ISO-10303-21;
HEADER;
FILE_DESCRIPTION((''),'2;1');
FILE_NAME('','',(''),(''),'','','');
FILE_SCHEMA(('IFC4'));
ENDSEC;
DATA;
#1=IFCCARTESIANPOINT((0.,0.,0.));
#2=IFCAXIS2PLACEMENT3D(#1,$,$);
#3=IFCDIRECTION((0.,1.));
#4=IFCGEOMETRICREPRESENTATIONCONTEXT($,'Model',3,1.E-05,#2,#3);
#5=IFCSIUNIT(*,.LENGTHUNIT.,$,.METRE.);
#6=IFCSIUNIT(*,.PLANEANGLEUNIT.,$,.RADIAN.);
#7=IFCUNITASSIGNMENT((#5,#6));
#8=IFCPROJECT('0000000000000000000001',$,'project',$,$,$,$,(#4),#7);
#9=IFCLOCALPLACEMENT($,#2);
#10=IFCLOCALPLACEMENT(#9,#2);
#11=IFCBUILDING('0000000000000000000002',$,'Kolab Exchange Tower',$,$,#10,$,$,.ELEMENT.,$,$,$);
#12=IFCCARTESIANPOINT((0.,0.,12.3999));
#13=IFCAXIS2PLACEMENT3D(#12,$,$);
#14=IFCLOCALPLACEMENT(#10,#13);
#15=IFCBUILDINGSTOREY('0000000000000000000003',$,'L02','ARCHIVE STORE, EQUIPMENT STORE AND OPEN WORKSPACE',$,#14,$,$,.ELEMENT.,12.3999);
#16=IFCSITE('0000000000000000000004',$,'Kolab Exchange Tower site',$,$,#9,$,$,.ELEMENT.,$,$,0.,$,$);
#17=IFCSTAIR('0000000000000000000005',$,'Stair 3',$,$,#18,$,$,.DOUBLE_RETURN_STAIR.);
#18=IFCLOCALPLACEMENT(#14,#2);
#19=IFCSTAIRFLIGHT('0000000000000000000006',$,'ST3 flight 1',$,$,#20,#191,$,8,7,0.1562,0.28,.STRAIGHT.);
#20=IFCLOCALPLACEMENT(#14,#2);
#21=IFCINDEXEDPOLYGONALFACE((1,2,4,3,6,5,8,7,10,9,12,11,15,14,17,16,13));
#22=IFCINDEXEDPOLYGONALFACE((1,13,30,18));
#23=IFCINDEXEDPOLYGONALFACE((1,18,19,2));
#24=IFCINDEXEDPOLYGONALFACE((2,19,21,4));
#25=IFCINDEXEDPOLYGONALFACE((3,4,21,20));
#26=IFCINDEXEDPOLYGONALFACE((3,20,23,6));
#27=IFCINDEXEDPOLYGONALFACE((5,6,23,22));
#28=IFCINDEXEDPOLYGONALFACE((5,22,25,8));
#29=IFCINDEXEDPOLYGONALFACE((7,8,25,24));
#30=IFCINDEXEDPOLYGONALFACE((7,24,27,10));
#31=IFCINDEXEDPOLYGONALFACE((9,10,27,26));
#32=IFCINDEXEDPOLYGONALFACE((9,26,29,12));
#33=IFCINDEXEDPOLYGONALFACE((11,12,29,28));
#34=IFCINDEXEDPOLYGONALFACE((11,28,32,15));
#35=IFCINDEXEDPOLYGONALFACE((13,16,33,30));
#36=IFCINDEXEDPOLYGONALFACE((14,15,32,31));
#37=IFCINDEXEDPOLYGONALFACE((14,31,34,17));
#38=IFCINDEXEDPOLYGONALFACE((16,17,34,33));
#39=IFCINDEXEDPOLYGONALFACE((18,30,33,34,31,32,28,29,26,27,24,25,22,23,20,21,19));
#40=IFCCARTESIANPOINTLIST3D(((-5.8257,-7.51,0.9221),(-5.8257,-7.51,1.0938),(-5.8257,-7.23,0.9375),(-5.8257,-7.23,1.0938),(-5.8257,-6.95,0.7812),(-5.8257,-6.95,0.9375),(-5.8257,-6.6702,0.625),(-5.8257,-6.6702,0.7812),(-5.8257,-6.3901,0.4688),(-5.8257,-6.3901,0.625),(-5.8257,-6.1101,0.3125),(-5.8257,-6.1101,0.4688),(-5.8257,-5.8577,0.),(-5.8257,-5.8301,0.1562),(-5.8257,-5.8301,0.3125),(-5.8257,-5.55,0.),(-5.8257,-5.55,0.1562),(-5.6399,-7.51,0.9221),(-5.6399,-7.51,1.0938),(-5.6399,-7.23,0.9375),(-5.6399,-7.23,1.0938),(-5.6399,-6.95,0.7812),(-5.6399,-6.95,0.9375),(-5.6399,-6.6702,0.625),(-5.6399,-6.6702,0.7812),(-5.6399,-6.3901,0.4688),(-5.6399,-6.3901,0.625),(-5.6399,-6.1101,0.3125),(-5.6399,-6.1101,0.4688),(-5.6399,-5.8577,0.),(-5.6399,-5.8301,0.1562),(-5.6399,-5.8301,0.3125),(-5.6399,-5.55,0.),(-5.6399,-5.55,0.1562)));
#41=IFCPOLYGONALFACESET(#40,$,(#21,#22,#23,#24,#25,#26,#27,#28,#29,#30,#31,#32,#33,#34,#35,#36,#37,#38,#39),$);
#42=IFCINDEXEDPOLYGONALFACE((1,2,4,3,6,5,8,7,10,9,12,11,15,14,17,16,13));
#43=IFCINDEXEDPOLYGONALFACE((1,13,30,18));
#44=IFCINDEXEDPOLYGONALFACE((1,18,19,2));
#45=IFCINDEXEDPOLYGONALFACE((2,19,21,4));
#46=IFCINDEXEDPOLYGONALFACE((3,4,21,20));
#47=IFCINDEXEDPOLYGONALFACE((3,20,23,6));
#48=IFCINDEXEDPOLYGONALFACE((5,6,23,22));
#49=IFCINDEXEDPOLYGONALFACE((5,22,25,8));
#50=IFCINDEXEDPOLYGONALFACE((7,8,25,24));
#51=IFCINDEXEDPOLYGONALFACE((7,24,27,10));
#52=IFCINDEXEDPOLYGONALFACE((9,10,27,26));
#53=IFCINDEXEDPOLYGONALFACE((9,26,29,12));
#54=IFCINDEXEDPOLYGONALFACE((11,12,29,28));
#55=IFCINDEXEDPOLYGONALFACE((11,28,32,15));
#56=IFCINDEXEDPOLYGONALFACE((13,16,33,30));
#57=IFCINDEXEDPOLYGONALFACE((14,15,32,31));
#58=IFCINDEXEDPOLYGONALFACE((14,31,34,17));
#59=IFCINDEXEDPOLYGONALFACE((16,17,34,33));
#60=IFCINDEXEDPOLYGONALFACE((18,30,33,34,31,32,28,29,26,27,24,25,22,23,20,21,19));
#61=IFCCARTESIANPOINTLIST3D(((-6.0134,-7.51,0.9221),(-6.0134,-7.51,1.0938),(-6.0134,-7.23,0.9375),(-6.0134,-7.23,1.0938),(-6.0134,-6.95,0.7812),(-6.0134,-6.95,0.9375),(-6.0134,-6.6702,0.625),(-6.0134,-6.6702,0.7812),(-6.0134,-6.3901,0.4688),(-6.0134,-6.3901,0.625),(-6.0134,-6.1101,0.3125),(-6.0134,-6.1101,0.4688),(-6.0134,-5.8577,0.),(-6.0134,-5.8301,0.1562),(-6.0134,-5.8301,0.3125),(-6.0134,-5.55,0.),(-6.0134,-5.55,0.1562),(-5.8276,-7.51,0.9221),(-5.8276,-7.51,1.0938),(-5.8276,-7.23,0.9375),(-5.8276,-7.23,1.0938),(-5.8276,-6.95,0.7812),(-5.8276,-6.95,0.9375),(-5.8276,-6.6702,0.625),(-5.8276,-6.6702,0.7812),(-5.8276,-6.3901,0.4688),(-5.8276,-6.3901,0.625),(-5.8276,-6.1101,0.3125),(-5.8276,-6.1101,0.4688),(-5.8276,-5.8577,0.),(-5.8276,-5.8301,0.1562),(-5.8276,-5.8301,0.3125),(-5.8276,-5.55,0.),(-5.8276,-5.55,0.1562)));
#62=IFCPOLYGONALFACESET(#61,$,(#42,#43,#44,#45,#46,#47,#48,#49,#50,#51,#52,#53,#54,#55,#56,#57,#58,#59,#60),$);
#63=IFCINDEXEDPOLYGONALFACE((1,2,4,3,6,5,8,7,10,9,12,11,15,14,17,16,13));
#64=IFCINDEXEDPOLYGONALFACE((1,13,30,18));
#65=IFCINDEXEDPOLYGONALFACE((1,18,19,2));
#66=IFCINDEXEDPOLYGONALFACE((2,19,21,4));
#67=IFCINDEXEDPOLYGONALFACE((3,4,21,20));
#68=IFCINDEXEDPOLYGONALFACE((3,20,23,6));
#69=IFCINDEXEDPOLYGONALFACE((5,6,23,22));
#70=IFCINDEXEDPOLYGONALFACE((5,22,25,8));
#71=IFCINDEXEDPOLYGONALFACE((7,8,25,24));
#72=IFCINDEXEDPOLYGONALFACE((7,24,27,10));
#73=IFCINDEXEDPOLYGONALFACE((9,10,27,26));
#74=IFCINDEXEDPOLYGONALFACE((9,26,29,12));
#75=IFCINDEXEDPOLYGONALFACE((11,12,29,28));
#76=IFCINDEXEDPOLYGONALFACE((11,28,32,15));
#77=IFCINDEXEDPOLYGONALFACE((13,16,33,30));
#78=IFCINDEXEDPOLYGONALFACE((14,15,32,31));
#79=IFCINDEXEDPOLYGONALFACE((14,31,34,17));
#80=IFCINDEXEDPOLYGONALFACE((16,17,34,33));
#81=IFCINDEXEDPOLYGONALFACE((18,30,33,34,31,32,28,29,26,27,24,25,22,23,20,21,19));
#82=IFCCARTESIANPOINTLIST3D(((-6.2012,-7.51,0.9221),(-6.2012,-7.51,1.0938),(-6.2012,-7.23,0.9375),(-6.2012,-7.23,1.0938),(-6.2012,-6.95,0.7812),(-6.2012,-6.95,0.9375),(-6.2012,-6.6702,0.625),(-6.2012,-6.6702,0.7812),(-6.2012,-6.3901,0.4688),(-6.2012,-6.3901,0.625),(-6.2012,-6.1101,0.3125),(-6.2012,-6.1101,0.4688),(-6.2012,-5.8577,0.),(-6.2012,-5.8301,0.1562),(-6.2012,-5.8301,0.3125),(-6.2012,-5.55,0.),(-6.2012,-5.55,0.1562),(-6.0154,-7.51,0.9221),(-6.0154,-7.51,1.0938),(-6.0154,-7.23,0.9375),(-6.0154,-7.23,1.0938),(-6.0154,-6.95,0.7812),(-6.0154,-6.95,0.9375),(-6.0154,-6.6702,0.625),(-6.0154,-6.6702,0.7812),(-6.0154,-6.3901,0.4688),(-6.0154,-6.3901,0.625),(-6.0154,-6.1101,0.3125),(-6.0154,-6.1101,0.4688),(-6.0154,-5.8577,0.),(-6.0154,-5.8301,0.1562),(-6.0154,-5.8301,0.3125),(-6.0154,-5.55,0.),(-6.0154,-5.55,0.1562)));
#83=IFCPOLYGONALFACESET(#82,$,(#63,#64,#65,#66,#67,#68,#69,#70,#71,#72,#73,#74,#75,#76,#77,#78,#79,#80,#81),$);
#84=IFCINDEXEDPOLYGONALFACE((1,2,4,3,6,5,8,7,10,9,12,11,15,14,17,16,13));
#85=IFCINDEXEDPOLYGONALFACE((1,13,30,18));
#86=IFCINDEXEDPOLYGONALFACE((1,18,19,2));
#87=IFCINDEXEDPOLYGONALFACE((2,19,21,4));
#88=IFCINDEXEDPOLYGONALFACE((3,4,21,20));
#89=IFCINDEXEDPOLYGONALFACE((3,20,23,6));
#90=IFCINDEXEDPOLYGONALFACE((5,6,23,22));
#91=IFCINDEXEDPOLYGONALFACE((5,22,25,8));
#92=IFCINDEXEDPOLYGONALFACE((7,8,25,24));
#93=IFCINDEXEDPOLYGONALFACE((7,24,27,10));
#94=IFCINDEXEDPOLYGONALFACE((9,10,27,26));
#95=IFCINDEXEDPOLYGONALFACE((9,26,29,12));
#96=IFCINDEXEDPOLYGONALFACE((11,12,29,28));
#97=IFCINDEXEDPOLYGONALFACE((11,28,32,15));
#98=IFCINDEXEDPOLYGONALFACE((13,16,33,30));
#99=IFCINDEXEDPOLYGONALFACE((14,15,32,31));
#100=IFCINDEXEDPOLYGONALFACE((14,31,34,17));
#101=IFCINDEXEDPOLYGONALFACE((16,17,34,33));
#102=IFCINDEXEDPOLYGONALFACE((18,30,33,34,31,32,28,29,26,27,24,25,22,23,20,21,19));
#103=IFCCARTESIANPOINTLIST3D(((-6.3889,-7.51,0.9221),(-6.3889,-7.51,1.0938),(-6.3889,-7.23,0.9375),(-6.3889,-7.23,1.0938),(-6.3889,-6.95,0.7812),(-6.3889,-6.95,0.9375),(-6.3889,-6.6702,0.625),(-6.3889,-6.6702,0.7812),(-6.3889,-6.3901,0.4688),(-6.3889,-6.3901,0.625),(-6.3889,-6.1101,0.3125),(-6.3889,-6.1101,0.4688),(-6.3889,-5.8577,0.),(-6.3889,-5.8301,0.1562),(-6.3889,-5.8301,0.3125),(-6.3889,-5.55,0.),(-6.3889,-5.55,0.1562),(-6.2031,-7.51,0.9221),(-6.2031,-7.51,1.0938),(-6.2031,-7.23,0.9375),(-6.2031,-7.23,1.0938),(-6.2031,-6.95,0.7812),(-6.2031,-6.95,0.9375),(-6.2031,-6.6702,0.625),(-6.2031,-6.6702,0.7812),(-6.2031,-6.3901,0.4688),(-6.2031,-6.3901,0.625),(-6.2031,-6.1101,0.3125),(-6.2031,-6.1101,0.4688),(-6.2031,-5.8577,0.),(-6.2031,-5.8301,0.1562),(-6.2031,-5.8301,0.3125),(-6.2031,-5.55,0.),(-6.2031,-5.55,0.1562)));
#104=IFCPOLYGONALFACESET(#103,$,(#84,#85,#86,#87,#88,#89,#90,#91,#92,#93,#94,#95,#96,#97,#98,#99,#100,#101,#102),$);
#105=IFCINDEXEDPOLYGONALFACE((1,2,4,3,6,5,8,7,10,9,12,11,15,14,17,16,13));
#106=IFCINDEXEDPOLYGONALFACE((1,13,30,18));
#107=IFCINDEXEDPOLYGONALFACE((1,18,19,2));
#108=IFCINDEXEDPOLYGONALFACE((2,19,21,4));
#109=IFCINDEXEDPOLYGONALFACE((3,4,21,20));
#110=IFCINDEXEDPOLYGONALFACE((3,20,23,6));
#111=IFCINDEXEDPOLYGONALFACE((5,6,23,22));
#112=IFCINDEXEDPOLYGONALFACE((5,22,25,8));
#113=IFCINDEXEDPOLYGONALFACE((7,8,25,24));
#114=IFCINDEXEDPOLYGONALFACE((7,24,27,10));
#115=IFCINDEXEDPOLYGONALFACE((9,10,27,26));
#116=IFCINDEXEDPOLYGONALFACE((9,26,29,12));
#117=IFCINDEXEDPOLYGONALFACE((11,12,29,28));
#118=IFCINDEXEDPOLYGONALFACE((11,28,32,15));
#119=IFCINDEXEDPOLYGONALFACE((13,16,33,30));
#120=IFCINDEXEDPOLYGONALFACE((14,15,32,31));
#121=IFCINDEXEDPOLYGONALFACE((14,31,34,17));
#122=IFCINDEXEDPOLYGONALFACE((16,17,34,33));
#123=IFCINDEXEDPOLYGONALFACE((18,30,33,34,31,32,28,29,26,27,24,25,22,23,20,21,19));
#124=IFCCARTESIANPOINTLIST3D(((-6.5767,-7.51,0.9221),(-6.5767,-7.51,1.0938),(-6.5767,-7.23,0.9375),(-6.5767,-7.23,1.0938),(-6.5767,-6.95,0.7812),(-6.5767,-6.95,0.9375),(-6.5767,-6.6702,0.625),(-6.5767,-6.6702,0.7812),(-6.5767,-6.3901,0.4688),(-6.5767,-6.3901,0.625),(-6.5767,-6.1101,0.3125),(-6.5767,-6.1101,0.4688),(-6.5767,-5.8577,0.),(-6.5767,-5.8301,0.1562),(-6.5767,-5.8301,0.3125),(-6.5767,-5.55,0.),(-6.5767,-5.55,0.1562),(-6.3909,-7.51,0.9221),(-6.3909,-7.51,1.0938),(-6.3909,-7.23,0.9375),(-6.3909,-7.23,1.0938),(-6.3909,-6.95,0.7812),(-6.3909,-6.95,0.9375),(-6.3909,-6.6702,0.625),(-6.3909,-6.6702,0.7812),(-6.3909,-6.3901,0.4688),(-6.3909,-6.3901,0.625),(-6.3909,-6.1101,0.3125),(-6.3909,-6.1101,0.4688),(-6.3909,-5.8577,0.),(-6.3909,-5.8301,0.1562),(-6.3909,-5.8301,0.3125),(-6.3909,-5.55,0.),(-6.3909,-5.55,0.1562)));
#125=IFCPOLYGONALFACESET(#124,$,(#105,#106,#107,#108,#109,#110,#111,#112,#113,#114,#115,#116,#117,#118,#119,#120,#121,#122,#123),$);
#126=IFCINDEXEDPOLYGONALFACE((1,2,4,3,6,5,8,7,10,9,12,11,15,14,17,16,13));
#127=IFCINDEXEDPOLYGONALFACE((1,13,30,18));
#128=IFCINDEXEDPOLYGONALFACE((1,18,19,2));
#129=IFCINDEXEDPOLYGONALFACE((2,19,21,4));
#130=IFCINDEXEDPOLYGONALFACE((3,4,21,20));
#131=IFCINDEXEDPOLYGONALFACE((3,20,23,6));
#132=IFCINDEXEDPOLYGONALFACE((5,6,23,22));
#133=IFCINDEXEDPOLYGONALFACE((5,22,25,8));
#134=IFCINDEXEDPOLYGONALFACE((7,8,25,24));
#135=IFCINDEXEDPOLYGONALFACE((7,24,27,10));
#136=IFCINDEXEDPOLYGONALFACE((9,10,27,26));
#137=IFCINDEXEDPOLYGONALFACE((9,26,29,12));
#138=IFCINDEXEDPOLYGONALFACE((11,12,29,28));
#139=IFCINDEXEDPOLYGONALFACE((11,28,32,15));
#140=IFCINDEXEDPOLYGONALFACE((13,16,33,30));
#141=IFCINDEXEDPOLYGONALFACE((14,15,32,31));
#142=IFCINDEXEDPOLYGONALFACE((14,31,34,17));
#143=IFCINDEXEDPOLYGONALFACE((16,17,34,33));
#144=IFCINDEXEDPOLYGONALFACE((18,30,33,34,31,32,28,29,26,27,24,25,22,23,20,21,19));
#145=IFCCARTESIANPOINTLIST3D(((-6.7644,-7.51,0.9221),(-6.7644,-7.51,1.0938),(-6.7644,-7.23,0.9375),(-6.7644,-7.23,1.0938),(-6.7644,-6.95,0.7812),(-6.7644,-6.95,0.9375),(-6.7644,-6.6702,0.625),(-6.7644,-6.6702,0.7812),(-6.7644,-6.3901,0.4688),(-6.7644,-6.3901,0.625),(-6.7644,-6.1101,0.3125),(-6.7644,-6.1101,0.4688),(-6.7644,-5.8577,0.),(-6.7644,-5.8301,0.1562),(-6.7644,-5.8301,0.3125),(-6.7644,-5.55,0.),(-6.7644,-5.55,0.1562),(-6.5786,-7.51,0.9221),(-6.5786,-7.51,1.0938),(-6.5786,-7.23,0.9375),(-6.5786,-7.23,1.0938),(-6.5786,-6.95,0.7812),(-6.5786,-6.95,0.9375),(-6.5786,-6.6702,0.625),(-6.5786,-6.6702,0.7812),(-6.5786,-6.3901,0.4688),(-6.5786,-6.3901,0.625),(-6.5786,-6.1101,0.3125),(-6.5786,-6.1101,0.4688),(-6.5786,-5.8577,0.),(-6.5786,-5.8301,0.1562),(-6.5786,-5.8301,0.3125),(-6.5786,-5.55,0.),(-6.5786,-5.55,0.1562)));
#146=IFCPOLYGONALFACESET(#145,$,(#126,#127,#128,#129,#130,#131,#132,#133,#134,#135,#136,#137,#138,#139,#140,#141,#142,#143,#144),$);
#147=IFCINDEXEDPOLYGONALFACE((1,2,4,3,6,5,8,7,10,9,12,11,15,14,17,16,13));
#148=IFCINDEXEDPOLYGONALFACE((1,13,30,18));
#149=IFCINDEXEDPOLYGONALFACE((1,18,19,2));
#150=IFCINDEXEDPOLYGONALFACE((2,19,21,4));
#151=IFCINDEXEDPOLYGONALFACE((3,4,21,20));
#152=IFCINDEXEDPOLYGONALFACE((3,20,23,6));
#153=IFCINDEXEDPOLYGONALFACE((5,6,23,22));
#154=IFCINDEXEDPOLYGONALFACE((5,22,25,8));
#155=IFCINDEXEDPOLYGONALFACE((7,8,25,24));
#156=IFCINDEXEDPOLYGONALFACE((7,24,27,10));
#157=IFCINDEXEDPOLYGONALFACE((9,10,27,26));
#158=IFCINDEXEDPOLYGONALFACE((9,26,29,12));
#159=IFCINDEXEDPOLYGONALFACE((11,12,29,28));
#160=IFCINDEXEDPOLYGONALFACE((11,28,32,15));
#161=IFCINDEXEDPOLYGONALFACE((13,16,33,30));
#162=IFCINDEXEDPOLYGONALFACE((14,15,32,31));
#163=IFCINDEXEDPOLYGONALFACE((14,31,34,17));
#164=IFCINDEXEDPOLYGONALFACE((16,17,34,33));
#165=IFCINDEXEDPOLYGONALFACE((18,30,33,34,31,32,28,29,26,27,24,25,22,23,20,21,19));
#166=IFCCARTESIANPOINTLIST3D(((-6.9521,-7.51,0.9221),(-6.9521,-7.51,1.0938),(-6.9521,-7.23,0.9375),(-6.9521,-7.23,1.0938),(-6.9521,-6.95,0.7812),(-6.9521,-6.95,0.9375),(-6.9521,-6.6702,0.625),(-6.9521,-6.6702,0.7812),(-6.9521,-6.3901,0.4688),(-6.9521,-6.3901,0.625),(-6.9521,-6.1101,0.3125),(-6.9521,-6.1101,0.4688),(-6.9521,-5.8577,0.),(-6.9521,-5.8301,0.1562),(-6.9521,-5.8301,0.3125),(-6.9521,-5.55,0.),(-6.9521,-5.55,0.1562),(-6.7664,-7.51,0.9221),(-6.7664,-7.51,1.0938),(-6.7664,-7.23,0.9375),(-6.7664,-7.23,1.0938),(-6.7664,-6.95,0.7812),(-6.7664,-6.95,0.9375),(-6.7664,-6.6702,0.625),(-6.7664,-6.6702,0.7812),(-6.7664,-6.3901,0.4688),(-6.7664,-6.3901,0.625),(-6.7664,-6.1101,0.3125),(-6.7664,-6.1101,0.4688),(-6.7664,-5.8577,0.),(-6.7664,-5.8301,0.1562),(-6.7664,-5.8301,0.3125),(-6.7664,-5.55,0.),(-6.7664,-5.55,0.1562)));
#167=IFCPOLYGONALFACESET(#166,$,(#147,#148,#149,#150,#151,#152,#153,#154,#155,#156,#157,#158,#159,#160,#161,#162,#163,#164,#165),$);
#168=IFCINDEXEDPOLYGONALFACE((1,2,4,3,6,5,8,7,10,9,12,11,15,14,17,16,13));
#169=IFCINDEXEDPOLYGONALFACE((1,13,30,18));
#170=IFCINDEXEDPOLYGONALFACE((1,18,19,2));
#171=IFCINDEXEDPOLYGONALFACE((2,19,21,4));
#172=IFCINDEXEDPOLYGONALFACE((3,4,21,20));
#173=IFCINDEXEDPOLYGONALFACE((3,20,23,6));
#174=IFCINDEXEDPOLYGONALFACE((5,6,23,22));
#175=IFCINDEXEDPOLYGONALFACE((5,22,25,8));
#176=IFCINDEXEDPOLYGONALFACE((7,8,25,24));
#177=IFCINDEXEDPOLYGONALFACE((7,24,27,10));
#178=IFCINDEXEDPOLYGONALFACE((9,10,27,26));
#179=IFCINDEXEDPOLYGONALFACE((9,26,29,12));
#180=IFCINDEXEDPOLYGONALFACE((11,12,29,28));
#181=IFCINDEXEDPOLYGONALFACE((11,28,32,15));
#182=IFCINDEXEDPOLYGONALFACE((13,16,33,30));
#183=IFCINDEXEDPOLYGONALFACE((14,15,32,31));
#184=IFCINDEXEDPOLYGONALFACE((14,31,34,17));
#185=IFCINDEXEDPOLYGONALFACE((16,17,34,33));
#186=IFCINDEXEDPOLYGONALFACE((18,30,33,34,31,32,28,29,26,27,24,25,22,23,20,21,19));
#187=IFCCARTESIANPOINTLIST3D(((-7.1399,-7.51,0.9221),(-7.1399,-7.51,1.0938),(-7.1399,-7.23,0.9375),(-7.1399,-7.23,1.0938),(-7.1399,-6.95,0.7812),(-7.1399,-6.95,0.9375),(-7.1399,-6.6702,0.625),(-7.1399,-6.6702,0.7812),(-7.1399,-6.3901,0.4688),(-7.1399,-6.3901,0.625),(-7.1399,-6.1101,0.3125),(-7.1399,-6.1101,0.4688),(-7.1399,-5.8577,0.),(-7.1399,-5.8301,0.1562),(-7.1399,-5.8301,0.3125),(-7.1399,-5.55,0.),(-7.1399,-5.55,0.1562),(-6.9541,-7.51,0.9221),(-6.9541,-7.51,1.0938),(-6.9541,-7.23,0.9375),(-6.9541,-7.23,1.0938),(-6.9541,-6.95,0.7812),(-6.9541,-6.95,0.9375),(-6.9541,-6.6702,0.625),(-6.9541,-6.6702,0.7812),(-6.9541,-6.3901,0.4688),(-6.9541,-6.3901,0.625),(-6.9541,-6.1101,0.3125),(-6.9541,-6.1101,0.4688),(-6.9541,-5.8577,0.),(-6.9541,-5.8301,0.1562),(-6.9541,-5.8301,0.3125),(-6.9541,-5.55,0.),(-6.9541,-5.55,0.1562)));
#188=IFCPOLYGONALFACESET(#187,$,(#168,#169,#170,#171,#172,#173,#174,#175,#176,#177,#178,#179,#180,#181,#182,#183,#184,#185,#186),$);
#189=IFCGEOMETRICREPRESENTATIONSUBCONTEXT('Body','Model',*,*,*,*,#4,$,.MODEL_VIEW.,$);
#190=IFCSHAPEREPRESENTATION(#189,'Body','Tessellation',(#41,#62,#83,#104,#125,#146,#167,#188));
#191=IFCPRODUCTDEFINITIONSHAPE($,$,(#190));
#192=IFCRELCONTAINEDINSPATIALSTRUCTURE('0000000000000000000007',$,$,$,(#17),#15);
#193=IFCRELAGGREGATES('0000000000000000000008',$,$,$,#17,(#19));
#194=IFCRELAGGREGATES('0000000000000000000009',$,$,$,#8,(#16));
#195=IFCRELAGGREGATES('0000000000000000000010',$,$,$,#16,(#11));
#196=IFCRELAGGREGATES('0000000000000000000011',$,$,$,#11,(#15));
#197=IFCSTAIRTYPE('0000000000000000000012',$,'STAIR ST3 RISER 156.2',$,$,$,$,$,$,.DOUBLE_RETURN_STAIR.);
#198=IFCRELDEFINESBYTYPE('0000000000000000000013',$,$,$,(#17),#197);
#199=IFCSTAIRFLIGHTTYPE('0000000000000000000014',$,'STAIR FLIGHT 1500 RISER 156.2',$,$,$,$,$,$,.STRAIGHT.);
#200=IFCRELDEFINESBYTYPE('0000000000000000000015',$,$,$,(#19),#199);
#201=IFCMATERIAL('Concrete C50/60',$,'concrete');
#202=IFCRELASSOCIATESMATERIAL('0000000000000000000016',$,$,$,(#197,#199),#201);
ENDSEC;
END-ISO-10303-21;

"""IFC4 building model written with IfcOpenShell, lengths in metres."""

from ifc_helpers import new_model, si_unit, direction, frame, origin, place, context, subcontext, project, spatial, polyline, outline, extrude, material, type_object, element, aggregate, save


model = new_model("IFC4")

# Units and contexts
model_context = context("Model", 3, precision=1e-05, world=origin(), true_north=direction((0.0, 1.0)))
body_context = subcontext(model_context, "Body", "Model", "MODEL_VIEW")
ifc_project = project(units=[si_unit("LENGTHUNIT", "METRE"), si_unit("PLANEANGLEUNIT", "RADIAN")], contexts=[model_context])

# Site, building, storey
site_placement = place(None, origin())
site = spatial("IfcSite", under=ifc_project, at=site_placement, Name="Kolab Exchange Tower site", CompositionType="ELEMENT", RefElevation=0.0)
building_placement = place(site_placement, origin())
building = spatial("IfcBuilding", under=site, at=building_placement, Name="Kolab Exchange Tower", CompositionType="ELEMENT")
storey_placement = place(building_placement, frame((0.0, 0.0, 12.3999)))
storey = spatial("IfcBuildingStorey", under=building, at=storey_placement, Name="L02", Description="ARCHIVE STORE, EQUIPMENT STORE AND OPEN WORKSPACE", CompositionType="ELEMENT", Elevation=12.3999)

# Shared definitions
ifc_material_1 = material(Name="Concrete C50/60", Category="concrete")

# Stair, stair flight
stair_type = type_object("IfcStairType", Name="STAIR ST3 RISER 156.2", PredefinedType="DOUBLE_RETURN_STAIR", material=ifc_material_1)
stair_placement = place(storey_placement, origin())
stair = element("IfcStair", 1, at=stair_placement, inside=storey, type_object=stair_type, Name="Stair 3", PredefinedType="DOUBLE_RETURN_STAIR")
stair_flight_type = type_object("IfcStairFlightType", Name="STAIR FLIGHT 1500 RISER 156.2", PredefinedType="STRAIGHT", material=ifc_material_1)
stair_flight_1_placement = place(storey_placement, frame((-6.3899, -5.55, 0.0), z_axis=(0.0, 0.0, 1.0), x_axis=(0.0, -1.0, 0.0)))
stair_flight_1 = element("IfcStairFlight", 2, at=stair_flight_1_placement, type_object=stair_flight_type, Name="ST3 flight 1", NumberOfRisers=8, NumberOfTreads=7, PredefinedType="STRAIGHT", RiserHeight=0.1562, TreadLength=0.28, context=body_context, shape_type="SweptSolid", body=[
    extrude(outline(polyline([(0.0, 0.0), (0.0, 0.1562), (0.28, 0.1562), (0.28, 0.3125), (0.5601, 0.3125), (0.5601, 0.4688), (0.8401, 0.4688), (0.8401, 0.625), (1.1201, 0.625), (1.1201, 0.7812), (1.3999, 0.7812), (1.3999, 0.9375), (1.6799, 0.9375), (1.6799, 1.0938), (1.96, 1.0938), (1.96, 1.25), (1.96, 0.9221), (0.3076, 0.0), (0.0, 0.0)])), frame((0.0, 0.75, 0.0), z_axis=(0.0, -1.0, 0.0), x_axis=(1.0, 0.0, 0.0)), (0.0, 0.0, 1.0), 0.1858),
    extrude(outline(polyline([(0.0, 0.0), (0.0, 0.1562), (0.28, 0.1562), (0.28, 0.3125), (0.5601, 0.3125), (0.5601, 0.4688), (0.8401, 0.4688), (0.8401, 0.625), (1.1201, 0.625), (1.1201, 0.7812), (1.3999, 0.7812), (1.3999, 0.9375), (1.6799, 0.9375), (1.6799, 1.0938), (1.96, 1.0938), (1.96, 1.25), (1.96, 0.9221), (0.3076, 0.0), (0.0, 0.0)])), frame((0.0, 0.5623, 0.0), z_axis=(0.0, -1.0, 0.0), x_axis=(1.0, 0.0, 0.0)), (0.0, 0.0, 1.0), 0.1858),
    extrude(outline(polyline([(0.0, 0.0), (0.0, 0.1562), (0.28, 0.1562), (0.28, 0.3125), (0.5601, 0.3125), (0.5601, 0.4688), (0.8401, 0.4688), (0.8401, 0.625), (1.1201, 0.625), (1.1201, 0.7812), (1.3999, 0.7812), (1.3999, 0.9375), (1.6799, 0.9375), (1.6799, 1.0938), (1.96, 1.0938), (1.96, 1.25), (1.96, 0.9221), (0.3076, 0.0), (0.0, 0.0)])), frame((0.0, 0.3745, 0.0), z_axis=(0.0, -1.0, 0.0), x_axis=(1.0, 0.0, 0.0)), (0.0, 0.0, 1.0), 0.1858),
    extrude(outline(polyline([(0.0, 0.0), (0.0, 0.1562), (0.28, 0.1562), (0.28, 0.3125), (0.5601, 0.3125), (0.5601, 0.4688), (0.8401, 0.4688), (0.8401, 0.625), (1.1201, 0.625), (1.1201, 0.7812), (1.3999, 0.7812), (1.3999, 0.9375), (1.6799, 0.9375), (1.6799, 1.0938), (1.96, 1.0938), (1.96, 1.25), (1.96, 0.9221), (0.3076, 0.0), (0.0, 0.0)])), frame((0.0, 0.1868, 0.0), z_axis=(0.0, -1.0, 0.0), x_axis=(1.0, 0.0, 0.0)), (0.0, 0.0, 1.0), 0.1858),
    extrude(outline(polyline([(0.0, 0.0), (0.0, 0.1562), (0.28, 0.1562), (0.28, 0.3125), (0.5601, 0.3125), (0.5601, 0.4688), (0.8401, 0.4688), (0.8401, 0.625), (1.1201, 0.625), (1.1201, 0.7812), (1.3999, 0.7812), (1.3999, 0.9375), (1.6799, 0.9375), (1.6799, 1.0938), (1.96, 1.0938), (1.96, 1.25), (1.96, 0.9221), (0.3076, 0.0), (0.0, 0.0)])), frame((0.0, -0.001, 0.0), z_axis=(0.0, -1.0, 0.0), x_axis=(1.0, 0.0, 0.0)), (0.0, 0.0, 1.0), 0.1858),
    extrude(outline(polyline([(0.0, 0.0), (0.0, 0.1562), (0.28, 0.1562), (0.28, 0.3125), (0.5601, 0.3125), (0.5601, 0.4688), (0.8401, 0.4688), (0.8401, 0.625), (1.1201, 0.625), (1.1201, 0.7812), (1.3999, 0.7812), (1.3999, 0.9375), (1.6799, 0.9375), (1.6799, 1.0938), (1.96, 1.0938), (1.96, 1.25), (1.96, 0.9221), (0.3076, 0.0), (0.0, 0.0)])), frame((0.0, -0.1887, 0.0), z_axis=(0.0, -1.0, 0.0), x_axis=(1.0, 0.0, 0.0)), (0.0, 0.0, 1.0), 0.1858),
    extrude(outline(polyline([(0.0, 0.0), (0.0, 0.1562), (0.28, 0.1562), (0.28, 0.3125), (0.5601, 0.3125), (0.5601, 0.4688), (0.8401, 0.4688), (0.8401, 0.625), (1.1201, 0.625), (1.1201, 0.7812), (1.3999, 0.7812), (1.3999, 0.9375), (1.6799, 0.9375), (1.6799, 1.0938), (1.96, 1.0938), (1.96, 1.25), (1.96, 0.9221), (0.3076, 0.0), (0.0, 0.0)])), frame((0.0, -0.3765, 0.0), z_axis=(0.0, -1.0, 0.0), x_axis=(1.0, 0.0, 0.0)), (0.0, 0.0, 1.0), 0.1858),
    extrude(outline(polyline([(0.0, 0.0), (0.0, 0.1562), (0.28, 0.1562), (0.28, 0.3125), (0.5601, 0.3125), (0.5601, 0.4688), (0.8401, 0.4688), (0.8401, 0.625), (1.1201, 0.625), (1.1201, 0.7812), (1.3999, 0.7812), (1.3999, 0.9375), (1.6799, 0.9375), (1.6799, 1.0938), (1.96, 1.0938), (1.96, 1.25), (1.96, 0.9221), (0.3076, 0.0), (0.0, 0.0)])), frame((0.0, -0.5642, 0.0), z_axis=(0.0, -1.0, 0.0), x_axis=(1.0, 0.0, 0.0)), (0.0, 0.0, 1.0), 0.1858),
])
aggregate(stair, [stair_flight_1])

save(model, "model.ifc")
